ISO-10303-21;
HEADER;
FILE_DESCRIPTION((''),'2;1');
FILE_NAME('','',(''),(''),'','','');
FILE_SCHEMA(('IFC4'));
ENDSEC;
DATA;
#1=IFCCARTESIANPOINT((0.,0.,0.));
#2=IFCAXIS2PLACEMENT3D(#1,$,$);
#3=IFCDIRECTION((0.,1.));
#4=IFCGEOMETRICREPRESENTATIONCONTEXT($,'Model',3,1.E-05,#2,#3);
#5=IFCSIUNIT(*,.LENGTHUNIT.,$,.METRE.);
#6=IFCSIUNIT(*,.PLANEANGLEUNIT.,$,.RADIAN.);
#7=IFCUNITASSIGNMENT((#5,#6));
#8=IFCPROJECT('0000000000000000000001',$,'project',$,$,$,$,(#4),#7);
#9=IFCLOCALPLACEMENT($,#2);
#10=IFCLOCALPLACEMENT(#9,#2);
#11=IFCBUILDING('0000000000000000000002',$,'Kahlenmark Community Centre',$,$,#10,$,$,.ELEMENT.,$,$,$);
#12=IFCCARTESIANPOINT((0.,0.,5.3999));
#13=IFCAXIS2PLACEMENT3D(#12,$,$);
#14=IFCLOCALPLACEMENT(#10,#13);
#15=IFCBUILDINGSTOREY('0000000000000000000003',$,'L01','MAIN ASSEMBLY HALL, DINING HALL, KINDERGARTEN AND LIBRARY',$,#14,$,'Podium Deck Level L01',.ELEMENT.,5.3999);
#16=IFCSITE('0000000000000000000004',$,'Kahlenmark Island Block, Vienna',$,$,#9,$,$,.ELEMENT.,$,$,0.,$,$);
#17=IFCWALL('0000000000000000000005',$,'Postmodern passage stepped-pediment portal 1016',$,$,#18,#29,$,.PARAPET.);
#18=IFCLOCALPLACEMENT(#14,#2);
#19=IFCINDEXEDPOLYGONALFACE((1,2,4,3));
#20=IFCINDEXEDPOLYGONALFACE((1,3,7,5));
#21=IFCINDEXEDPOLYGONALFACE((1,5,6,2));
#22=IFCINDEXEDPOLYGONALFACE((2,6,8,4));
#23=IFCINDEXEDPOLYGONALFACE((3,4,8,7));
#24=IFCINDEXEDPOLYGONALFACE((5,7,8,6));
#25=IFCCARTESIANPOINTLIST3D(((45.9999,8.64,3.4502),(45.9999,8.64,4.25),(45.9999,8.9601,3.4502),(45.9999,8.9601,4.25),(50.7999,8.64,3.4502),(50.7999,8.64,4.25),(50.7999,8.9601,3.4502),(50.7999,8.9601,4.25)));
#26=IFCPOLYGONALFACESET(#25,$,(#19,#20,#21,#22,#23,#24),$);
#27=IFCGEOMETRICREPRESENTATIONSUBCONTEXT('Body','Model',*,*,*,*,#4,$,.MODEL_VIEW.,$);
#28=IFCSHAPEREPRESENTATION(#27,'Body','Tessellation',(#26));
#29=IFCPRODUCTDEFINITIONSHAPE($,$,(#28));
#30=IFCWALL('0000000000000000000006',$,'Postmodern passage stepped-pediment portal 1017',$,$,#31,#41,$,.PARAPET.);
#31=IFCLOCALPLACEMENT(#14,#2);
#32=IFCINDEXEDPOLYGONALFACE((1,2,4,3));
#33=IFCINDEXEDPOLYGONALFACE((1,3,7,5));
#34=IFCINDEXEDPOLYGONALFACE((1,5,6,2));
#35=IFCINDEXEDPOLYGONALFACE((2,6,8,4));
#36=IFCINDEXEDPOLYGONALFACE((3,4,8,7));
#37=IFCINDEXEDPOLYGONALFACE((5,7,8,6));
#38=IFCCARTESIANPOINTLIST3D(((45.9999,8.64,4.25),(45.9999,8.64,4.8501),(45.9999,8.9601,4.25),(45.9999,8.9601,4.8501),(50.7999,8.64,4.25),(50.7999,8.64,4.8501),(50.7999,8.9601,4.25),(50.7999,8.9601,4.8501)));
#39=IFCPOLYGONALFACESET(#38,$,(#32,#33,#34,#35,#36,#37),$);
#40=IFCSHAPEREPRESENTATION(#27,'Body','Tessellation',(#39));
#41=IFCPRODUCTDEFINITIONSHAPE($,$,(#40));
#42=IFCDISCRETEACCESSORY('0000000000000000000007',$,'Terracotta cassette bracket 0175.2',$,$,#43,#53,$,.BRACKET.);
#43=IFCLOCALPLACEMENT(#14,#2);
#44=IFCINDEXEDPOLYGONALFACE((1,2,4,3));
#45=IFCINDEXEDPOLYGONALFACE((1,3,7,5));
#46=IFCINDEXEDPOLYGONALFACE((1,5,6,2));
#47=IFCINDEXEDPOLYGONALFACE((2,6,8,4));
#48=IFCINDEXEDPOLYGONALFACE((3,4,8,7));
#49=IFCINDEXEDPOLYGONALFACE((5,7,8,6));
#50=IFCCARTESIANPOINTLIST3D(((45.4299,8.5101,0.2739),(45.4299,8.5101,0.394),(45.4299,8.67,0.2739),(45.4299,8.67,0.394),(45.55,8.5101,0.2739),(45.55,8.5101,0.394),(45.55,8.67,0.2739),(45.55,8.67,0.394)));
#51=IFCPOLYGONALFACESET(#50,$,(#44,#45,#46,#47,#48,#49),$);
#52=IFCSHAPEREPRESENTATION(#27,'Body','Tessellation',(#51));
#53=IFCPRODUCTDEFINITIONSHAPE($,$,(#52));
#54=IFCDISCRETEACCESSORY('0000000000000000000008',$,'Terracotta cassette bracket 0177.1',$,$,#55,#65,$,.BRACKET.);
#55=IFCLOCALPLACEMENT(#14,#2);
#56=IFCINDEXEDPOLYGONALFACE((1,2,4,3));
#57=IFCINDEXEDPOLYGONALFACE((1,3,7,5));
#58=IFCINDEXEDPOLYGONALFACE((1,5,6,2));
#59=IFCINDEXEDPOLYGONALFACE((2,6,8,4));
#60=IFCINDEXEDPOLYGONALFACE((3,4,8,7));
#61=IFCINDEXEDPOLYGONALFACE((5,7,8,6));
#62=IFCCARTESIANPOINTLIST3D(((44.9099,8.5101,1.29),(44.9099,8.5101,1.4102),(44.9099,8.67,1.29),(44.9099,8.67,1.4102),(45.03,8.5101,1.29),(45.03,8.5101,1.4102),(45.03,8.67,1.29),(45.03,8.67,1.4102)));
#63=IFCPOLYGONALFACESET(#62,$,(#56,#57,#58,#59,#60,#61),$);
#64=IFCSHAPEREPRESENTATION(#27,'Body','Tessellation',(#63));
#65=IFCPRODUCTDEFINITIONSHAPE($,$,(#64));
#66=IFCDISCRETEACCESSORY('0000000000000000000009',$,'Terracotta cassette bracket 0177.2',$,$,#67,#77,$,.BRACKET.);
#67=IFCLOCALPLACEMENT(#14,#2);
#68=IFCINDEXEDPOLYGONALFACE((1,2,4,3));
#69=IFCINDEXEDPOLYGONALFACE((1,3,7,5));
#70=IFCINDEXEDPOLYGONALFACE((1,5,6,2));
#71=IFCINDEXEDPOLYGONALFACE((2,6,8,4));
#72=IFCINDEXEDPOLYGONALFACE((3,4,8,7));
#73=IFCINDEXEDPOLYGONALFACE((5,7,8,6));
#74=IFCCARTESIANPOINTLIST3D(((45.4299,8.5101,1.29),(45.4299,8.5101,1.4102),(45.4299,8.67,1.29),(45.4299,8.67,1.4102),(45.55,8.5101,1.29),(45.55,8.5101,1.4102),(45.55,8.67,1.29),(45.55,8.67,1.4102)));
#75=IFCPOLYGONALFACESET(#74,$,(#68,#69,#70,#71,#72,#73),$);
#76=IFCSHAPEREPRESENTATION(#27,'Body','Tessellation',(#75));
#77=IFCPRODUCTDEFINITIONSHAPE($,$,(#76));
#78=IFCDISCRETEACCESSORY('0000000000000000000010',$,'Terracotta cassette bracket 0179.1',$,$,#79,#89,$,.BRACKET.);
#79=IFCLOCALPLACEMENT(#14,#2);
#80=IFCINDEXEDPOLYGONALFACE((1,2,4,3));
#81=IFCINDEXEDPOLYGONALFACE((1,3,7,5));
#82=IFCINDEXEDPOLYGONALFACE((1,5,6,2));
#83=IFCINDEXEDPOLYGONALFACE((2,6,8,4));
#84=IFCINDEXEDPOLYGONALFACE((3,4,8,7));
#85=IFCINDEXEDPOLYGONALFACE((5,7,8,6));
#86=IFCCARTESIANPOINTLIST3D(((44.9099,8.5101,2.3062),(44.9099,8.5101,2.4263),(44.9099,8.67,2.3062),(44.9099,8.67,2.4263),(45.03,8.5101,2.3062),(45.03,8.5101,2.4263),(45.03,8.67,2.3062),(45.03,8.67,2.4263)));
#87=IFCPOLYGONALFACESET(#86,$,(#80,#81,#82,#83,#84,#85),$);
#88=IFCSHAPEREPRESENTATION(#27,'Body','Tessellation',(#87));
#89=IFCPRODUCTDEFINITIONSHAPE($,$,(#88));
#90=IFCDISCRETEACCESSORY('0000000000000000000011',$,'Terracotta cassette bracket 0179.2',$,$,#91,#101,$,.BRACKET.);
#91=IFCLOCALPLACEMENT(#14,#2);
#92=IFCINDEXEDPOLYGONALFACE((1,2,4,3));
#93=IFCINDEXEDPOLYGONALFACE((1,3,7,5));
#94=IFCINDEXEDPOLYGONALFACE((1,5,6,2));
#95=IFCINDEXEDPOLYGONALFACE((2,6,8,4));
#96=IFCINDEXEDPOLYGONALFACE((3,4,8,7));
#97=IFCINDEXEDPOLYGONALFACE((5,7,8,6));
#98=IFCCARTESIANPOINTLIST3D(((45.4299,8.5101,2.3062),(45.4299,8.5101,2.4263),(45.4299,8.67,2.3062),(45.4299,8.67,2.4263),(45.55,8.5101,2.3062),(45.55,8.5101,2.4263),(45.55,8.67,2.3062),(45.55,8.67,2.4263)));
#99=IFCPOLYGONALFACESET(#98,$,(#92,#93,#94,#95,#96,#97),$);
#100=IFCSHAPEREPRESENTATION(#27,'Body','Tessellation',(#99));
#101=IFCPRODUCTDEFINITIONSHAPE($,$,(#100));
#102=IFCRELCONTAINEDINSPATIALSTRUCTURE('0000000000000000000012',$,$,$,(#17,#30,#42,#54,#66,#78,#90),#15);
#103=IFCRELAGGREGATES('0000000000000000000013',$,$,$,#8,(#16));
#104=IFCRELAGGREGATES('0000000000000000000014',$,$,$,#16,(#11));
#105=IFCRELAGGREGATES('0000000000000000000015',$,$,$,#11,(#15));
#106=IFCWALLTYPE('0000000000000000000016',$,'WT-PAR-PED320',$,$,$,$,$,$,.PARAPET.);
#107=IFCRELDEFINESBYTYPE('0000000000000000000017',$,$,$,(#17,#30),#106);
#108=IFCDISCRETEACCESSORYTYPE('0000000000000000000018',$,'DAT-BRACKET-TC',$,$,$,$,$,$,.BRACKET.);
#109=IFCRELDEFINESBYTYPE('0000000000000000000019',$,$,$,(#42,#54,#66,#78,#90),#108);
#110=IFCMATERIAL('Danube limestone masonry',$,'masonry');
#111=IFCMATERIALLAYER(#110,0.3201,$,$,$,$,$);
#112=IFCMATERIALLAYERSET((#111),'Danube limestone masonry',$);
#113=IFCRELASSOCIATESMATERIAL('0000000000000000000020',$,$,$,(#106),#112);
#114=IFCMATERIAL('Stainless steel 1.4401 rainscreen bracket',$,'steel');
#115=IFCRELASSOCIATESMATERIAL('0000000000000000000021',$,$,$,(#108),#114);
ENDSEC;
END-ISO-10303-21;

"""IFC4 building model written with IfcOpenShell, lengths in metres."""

from ifc_helpers import new_model, si_unit, direction, frame, frame_2d, origin, origin_2d, place, context, subcontext, project, spatial, rectangle, extrude, material, layer, layer_set, type_object, element, save


model = new_model("IFC4")

# Units and contexts
model_context = context("Model", 3, precision=1e-05, world=origin(), true_north=direction((0.0, 1.0)))
body_context = subcontext(model_context, "Body", "Model", "MODEL_VIEW")
ifc_project = project(units=[si_unit("LENGTHUNIT", "METRE"), si_unit("PLANEANGLEUNIT", "RADIAN")], contexts=[model_context])

# Site, building, storey
site_placement = place(None, origin())
site = spatial("IfcSite", under=ifc_project, at=site_placement, Name="Kahlenmark Island Block, Vienna", CompositionType="ELEMENT", RefElevation=0.0)
building_placement = place(site_placement, origin())
building = spatial("IfcBuilding", under=site, at=building_placement, Name="Kahlenmark Community Centre", CompositionType="ELEMENT")
storey_placement = place(building_placement, frame((0.0, 0.0, 5.3999)))
storey = spatial("IfcBuildingStorey", under=building, at=storey_placement, Name="L01", Description="MAIN ASSEMBLY HALL, DINING HALL, KINDERGARTEN AND LIBRARY", LongName="Podium Deck Level L01", CompositionType="ELEMENT", Elevation=5.3999)

# Walls
ifc_material_1 = material(Name="Danube limestone masonry", Category="masonry")
ifc_layer_1 = layer(ifc_material_1, 0.3201)
ifc_layer_set_1 = layer_set([ifc_layer_1], Name="Danube limestone masonry")
wall_type_1 = type_object("IfcWallType", Name="WT-PAR-PED320", PredefinedType="PARAPET", material=ifc_layer_set_1)
wall_1_placement = place(storey_placement, frame((46.0, 8.8, 3.4502), z_axis=(0.0, 0.0, 1.0), x_axis=(1.0, 0.0, 0.0)))
element("IfcWall", 1, at=wall_1_placement, inside=storey, type_object=wall_type_1, Name="Postmodern passage stepped-pediment portal 1016", PredefinedType="PARAPET", context=body_context, shape_type="SweptSolid", body=[
    extrude(rectangle(XDim=4.8, YDim=0.3201, at=frame_2d((2.3999, 0.0))), origin(), (0.0, 0.0, 1.0), 0.7998),
])
wall_2_placement = place(storey_placement, frame((46.0, 8.8, 4.25), z_axis=(0.0, 0.0, 1.0), x_axis=(1.0, 0.0, 0.0)))
element("IfcWall", 2, at=wall_2_placement, inside=storey, type_object=wall_type_1, Name="Postmodern passage stepped-pediment portal 1017", PredefinedType="PARAPET", context=body_context, shape_type="SweptSolid", body=[
    extrude(rectangle(XDim=4.8, YDim=0.3201, at=frame_2d((2.3999, 0.0))), origin(), (0.0, 0.0, 1.0), 0.6001),
])

# Discrete accessories
ifc_material_2 = material(Name="Stainless steel 1.4401 rainscreen bracket", Category="steel")
discrete_accessory_type = type_object("IfcDiscreteAccessoryType", Name="DAT-BRACKET-TC", PredefinedType="BRACKET", material=ifc_material_2)
for number, where, z_axis, x_axis, name in (
    (3, (45.49, 8.5901, 0.2739), (0.0, 0.0, 1.0), (1.0, 0.0, 0.0), "Terracotta cassette bracket 0175.2"),
    (4, (44.97, 8.5901, 1.29), (0.0, 0.0, 1.0), (1.0, 0.0, 0.0), "Terracotta cassette bracket 0177.1"),
    (5, (45.49, 8.5901, 1.29), (0.0, 0.0, 1.0), (1.0, 0.0, 0.0), "Terracotta cassette bracket 0177.2"),
    (6, (44.97, 8.5901, 2.3062), (0.0, 0.0, 1.0), (1.0, 0.0, 0.0), "Terracotta cassette bracket 0179.1"),
    (7, (45.49, 8.5901, 2.3062), (0.0, 0.0, 1.0), (1.0, 0.0, 0.0), "Terracotta cassette bracket 0179.2"),
):
    element("IfcDiscreteAccessory", number, at=place(storey_placement, frame(where, z_axis=z_axis, x_axis=x_axis)), inside=storey, type_object=discrete_accessory_type, Name=name, PredefinedType="BRACKET", context=body_context, shape_type="SweptSolid", body=[
        extrude(rectangle(XDim=0.1201, YDim=0.1599, at=origin_2d()), origin(), (0.0, 0.0, 1.0), 0.1201),
    ])

save(model, "model.ifc")
